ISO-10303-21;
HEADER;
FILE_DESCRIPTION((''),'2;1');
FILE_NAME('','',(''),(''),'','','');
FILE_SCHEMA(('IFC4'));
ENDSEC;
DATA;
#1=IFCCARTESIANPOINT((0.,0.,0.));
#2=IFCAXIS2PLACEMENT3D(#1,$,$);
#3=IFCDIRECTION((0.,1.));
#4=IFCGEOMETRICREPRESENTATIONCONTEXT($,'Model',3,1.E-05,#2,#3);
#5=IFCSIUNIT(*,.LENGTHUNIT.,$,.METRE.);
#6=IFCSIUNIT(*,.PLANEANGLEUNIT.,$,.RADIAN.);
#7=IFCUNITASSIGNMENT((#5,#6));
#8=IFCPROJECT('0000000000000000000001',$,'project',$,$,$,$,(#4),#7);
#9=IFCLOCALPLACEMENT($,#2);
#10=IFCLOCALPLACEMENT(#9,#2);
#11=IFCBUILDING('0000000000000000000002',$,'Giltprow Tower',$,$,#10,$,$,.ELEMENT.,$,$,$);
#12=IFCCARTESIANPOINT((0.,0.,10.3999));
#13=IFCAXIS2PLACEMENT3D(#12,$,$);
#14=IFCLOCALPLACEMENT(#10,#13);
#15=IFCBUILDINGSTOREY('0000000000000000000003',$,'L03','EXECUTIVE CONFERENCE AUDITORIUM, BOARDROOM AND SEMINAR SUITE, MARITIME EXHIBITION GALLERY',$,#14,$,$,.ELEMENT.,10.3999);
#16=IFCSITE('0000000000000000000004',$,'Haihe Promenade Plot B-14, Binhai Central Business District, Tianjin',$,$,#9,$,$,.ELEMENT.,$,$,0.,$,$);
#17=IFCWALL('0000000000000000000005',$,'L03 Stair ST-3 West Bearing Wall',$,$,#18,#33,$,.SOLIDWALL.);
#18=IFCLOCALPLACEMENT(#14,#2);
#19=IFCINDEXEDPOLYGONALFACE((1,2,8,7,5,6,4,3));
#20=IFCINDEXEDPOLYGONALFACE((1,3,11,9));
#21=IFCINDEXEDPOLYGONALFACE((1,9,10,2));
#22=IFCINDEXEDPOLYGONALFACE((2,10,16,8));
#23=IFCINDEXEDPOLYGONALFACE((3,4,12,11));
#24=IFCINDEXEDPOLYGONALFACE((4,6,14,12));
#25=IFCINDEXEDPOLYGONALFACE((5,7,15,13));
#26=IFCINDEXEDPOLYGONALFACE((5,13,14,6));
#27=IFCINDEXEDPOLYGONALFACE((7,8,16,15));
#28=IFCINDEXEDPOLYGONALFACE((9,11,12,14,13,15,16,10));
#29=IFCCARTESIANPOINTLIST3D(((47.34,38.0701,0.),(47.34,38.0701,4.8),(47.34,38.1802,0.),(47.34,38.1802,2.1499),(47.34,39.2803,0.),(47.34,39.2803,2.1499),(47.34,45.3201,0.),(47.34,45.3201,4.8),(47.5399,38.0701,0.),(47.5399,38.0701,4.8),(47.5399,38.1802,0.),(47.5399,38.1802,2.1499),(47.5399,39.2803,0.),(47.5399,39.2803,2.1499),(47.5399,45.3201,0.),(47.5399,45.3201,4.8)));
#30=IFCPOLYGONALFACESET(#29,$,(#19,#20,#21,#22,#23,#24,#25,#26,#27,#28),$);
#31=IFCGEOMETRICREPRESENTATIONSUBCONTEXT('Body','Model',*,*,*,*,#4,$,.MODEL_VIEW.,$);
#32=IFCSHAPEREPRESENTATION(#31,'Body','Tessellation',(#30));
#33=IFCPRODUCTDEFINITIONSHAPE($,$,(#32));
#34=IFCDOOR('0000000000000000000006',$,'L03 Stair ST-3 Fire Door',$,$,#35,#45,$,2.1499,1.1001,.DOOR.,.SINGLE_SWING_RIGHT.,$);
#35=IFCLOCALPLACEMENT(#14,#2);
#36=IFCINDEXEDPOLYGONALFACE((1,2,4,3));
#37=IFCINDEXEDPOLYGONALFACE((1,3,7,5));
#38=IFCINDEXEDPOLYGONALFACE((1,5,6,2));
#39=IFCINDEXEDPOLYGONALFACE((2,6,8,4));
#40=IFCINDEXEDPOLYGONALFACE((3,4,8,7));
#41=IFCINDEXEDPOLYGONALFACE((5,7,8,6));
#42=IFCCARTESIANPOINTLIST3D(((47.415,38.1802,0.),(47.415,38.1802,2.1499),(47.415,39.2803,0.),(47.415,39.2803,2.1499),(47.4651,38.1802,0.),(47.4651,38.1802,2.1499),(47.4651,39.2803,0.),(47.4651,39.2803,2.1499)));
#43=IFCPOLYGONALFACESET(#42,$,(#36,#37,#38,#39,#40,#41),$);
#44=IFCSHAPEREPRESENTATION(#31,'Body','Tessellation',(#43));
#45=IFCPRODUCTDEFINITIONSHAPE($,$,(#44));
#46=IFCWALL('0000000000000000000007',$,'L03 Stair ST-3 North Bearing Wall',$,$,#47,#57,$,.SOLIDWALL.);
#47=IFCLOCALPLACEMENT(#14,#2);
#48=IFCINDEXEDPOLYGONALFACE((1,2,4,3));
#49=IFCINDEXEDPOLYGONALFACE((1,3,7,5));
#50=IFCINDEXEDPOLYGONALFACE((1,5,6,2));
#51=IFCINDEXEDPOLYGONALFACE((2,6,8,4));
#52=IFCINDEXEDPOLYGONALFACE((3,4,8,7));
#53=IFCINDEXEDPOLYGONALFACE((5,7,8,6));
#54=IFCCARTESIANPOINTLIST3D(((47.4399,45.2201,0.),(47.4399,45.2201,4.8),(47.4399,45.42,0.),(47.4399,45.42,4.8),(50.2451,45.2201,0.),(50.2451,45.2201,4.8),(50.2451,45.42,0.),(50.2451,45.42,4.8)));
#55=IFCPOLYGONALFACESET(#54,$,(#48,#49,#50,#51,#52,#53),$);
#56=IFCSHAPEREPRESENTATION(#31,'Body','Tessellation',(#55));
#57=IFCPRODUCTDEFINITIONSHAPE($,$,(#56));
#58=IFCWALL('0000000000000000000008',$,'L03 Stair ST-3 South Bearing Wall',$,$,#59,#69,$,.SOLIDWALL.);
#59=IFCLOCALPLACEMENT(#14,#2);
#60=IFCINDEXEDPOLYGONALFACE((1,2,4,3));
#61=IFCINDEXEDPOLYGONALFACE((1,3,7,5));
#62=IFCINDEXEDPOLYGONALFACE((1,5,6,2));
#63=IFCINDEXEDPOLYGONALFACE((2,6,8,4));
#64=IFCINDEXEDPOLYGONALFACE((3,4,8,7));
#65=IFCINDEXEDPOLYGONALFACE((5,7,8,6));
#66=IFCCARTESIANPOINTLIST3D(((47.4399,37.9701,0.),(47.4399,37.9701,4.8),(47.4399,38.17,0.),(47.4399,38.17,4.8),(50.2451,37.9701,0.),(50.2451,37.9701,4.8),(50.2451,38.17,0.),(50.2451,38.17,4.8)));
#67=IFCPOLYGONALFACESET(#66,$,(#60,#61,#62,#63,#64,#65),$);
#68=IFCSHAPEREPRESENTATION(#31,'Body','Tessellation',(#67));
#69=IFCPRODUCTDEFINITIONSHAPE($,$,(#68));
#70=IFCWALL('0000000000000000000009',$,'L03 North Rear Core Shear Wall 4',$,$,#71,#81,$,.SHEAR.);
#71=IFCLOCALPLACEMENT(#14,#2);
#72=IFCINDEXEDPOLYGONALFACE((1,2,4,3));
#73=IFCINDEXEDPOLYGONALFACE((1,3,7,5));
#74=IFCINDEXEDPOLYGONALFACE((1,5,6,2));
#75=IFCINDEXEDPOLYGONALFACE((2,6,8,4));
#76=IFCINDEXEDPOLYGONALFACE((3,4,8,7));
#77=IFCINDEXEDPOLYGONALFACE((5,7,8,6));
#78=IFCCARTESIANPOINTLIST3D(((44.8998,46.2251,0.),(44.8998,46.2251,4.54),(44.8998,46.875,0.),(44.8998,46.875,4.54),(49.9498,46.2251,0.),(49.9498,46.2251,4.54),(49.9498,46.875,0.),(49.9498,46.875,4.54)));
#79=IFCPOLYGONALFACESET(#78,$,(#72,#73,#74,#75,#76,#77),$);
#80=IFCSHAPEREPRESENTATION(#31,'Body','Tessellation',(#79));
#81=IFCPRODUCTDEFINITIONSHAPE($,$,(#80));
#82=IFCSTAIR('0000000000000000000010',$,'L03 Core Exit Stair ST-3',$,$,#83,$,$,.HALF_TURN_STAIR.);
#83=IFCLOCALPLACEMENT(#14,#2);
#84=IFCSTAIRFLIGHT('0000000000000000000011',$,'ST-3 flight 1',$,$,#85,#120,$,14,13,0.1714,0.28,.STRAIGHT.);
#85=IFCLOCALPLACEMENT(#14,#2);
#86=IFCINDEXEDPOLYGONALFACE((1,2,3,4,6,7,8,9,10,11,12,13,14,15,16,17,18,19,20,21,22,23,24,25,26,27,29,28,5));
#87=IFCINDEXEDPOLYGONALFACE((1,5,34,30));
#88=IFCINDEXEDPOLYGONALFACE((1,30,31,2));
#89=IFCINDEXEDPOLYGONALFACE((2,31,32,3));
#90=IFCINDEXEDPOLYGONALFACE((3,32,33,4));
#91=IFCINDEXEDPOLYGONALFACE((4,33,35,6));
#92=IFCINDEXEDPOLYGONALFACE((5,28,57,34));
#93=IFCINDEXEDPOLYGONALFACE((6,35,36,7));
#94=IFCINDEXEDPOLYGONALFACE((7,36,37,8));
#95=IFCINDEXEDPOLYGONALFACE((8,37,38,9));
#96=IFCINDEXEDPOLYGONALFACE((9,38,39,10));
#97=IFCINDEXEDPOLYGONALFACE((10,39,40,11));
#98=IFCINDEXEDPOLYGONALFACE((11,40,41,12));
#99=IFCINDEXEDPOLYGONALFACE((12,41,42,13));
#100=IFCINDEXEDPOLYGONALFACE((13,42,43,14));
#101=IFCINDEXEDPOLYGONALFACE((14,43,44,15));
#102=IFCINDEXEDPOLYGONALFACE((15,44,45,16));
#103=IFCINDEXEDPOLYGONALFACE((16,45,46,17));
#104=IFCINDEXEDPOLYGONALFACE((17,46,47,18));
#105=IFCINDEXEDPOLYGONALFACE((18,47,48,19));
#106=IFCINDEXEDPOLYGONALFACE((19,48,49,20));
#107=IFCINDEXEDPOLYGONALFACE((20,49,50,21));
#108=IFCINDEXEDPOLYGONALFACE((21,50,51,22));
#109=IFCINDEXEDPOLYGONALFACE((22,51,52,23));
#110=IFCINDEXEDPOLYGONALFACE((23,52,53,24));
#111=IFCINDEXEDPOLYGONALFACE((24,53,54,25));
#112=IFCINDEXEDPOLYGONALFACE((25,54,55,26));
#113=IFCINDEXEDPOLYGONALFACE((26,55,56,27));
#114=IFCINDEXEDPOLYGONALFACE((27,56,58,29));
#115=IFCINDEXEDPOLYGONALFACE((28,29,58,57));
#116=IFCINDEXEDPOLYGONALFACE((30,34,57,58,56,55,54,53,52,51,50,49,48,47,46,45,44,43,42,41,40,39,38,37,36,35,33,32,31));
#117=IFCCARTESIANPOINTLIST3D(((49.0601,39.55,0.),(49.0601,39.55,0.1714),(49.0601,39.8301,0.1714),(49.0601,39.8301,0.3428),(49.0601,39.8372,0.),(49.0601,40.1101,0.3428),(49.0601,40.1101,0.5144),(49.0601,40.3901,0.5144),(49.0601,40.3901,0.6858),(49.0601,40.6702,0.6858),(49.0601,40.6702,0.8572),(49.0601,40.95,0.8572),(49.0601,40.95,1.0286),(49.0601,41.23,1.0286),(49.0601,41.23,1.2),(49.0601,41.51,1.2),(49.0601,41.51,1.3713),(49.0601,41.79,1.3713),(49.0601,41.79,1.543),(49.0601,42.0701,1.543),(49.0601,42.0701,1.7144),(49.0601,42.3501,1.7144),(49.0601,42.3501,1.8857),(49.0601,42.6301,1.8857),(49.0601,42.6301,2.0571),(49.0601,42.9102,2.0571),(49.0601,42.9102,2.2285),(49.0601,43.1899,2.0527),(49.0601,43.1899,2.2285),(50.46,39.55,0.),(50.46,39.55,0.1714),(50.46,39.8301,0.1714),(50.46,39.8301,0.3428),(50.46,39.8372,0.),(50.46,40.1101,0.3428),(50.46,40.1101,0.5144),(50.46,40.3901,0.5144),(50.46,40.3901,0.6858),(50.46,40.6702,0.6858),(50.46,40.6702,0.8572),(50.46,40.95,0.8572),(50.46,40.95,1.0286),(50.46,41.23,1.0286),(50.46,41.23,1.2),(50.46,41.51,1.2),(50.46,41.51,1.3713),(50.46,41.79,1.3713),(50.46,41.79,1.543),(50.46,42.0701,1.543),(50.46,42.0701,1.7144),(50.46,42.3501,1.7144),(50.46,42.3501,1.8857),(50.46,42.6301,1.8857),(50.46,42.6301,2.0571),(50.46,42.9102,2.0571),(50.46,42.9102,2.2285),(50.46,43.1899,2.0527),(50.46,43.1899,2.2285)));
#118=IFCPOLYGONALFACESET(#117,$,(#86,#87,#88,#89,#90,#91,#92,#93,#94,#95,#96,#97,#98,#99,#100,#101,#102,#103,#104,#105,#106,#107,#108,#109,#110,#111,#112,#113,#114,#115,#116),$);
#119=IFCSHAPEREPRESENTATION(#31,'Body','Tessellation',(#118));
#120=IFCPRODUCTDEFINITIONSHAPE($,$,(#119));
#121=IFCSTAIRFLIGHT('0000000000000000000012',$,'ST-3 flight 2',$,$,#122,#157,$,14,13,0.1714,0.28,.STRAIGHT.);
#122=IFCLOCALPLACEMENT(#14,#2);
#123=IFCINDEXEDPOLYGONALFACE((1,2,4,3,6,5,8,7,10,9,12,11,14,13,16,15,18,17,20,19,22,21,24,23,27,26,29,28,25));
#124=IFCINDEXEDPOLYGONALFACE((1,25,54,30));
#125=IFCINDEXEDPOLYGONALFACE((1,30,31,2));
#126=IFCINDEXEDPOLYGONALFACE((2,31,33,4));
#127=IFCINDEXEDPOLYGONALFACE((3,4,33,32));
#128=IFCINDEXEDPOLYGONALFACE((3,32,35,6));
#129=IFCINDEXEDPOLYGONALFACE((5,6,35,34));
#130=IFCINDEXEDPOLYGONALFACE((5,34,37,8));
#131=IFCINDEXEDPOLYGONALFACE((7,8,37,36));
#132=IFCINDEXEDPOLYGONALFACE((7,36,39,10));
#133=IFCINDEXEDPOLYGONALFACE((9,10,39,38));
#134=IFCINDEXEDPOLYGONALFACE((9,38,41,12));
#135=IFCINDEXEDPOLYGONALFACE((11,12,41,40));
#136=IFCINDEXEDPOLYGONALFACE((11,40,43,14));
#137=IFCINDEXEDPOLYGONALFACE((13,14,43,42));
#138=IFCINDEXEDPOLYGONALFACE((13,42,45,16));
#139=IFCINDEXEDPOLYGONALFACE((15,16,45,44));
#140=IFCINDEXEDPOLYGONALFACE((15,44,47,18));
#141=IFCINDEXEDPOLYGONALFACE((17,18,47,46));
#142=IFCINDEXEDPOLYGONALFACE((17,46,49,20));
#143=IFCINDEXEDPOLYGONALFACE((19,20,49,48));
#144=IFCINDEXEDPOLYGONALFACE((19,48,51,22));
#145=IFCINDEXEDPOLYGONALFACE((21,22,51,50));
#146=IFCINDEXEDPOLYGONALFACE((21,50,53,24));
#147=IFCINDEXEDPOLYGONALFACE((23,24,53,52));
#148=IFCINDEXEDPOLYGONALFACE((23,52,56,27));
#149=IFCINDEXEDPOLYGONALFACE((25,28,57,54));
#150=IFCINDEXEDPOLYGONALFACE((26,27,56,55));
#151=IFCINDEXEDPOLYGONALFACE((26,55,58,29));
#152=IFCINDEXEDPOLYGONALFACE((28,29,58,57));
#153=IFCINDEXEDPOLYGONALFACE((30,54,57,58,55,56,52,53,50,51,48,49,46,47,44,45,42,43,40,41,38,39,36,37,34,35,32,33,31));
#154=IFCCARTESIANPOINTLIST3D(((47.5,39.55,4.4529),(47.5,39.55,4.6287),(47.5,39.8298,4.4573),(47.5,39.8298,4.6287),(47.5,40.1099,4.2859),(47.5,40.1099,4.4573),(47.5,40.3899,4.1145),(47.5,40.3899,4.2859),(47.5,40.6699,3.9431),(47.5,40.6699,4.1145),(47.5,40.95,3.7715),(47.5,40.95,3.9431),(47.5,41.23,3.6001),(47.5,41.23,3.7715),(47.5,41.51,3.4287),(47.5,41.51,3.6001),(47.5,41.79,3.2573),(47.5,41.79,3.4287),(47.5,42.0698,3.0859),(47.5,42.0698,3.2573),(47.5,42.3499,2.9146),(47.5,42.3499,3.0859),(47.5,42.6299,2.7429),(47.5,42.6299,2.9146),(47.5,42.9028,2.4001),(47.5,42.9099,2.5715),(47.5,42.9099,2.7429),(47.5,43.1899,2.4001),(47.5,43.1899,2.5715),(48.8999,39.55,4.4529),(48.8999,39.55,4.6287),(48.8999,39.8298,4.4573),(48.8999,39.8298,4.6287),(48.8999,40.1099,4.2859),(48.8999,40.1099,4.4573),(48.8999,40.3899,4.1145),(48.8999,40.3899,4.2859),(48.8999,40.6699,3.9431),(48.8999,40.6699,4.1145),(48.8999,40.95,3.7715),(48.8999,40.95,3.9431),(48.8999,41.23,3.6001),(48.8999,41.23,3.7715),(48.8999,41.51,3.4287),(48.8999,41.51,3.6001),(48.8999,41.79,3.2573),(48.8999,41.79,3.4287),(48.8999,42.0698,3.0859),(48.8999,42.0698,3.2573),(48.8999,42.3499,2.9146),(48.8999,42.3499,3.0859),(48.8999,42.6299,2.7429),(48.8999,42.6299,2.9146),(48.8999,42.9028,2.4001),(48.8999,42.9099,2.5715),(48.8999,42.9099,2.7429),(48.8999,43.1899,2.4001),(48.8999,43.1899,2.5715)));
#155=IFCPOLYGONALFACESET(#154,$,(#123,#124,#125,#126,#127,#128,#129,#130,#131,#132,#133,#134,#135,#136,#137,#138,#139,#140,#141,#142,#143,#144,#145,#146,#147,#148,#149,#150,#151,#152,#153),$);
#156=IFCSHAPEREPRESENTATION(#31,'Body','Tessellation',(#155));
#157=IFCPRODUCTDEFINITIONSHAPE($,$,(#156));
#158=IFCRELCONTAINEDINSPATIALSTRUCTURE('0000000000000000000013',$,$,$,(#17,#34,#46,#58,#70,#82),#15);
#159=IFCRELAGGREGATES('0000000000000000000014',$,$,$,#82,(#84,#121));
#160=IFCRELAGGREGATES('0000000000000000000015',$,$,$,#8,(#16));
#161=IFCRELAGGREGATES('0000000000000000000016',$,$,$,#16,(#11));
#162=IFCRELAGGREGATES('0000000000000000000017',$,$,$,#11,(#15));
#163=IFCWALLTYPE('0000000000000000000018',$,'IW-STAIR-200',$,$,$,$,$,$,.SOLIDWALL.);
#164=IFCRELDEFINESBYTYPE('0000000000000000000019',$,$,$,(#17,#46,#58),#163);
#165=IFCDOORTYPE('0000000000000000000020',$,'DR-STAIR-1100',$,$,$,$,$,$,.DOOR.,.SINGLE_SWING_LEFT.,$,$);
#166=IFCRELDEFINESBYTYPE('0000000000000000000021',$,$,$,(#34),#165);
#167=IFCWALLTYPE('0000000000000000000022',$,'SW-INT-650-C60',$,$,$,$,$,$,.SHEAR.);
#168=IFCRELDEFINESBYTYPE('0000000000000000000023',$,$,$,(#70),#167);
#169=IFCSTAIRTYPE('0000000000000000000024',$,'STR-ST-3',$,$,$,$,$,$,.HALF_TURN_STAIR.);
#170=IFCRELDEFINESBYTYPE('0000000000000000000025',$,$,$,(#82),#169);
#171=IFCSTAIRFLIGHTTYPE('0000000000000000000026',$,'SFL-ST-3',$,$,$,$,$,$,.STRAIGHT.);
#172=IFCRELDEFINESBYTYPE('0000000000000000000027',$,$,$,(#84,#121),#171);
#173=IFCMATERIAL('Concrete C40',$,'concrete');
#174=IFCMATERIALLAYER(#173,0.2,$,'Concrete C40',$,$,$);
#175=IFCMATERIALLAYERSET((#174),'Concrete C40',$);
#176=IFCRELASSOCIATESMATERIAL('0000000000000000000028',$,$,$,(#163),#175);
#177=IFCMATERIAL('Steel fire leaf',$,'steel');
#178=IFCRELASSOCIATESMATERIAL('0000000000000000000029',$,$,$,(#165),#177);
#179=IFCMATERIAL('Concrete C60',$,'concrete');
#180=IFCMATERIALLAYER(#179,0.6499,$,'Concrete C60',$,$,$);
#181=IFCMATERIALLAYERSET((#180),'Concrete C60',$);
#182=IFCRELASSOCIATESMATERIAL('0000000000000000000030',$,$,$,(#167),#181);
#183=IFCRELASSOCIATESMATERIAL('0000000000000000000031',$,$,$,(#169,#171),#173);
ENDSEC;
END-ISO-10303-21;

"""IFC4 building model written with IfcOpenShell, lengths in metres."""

from ifc_helpers import new_model, si_unit, direction, frame, frame_2d, origin, place, context, subcontext, project, spatial, polyline, rectangle, outline, extrude, source, transform, mapped, material, layer, layer_set, type_object, element, fill, aggregate, save


model = new_model("IFC4")

# Units and contexts
model_context = context("Model", 3, precision=1e-05, world=origin(), true_north=direction((0.0, 1.0)))
body_context = subcontext(model_context, "Body", "Model", "MODEL_VIEW")
ifc_project = project(units=[si_unit("LENGTHUNIT", "METRE"), si_unit("PLANEANGLEUNIT", "RADIAN")], contexts=[model_context])

# Site, building, storey
site_placement = place(None, origin())
site = spatial("IfcSite", under=ifc_project, at=site_placement, Name="Haihe Promenade Plot B-14, Binhai Central Business District, Tianjin", CompositionType="ELEMENT", RefElevation=0.0)
building_placement = place(site_placement, origin())
building = spatial("IfcBuilding", under=site, at=building_placement, Name="Giltprow Tower", CompositionType="ELEMENT")
storey_placement = place(building_placement, frame((0.0, 0.0, 10.3999)))
storey = spatial("IfcBuildingStorey", under=building, at=storey_placement, Name="L03", Description="EXECUTIVE CONFERENCE AUDITORIUM, BOARDROOM AND SEMINAR SUITE, MARITIME EXHIBITION GALLERY", CompositionType="ELEMENT", Elevation=10.3999)

# Shared definitions
ifc_material_1 = material(Name="Concrete C40", Category="concrete")

# Wall, opening, door
ifc_layer_1 = layer(ifc_material_1, 0.2, Name="Concrete C40")
ifc_layer_set_1 = layer_set([ifc_layer_1], Name="Concrete C40")
wall_type_1 = type_object("IfcWallType", Name="IW-STAIR-200", PredefinedType="SOLIDWALL", material=ifc_layer_set_1)
wall_1_placement = place(storey_placement, frame((47.4399, 38.0701, 0.0), z_axis=(0.0, 0.0, 1.0), x_axis=(0.0, 1.0, 0.0)))
wall_1 = element("IfcWall", 1, at=wall_1_placement, inside=storey, type_object=wall_type_1, Name="L03 Stair ST-3 West Bearing Wall", PredefinedType="SOLIDWALL", context=body_context, shape_type="SweptSolid", body=[
    extrude(rectangle(XDim=7.25, YDim=0.2, at=frame_2d((3.625, 0.0))), origin(), (0.0, 0.0, 1.0), 4.8),
])
opening_1_placement = place(wall_1_placement, frame((0.1101, 0.0, 0.0)))
opening_1 = element("IfcOpeningElement", 2, at=opening_1_placement, cuts=wall_1, PredefinedType="OPENING", context=body_context, shape_type="SweptSolid", body=[
    extrude(rectangle(XDim=1.1001, YDim=2.1499, at=frame_2d((0.55, 1.075))), frame((0.0, 0.1099, 0.0), z_axis=(0.0, -1.0, 0.0), x_axis=(1.0, 0.0, 0.0)), (0.0, 0.0, 1.0), 0.22),
])
ifc_material_2 = material(Name="Steel fire leaf", Category="steel")
door_type_1 = type_object("IfcDoorType", Name="DR-STAIR-1100", OperationType="SINGLE_SWING_LEFT", PredefinedType="DOOR", material=ifc_material_2)
shared_shape_1 = source(origin(), body_context, "Body", "SweptSolid", [
    extrude(rectangle(XDim=1.1001, YDim=2.1499, at=frame_2d((0.55, 1.075))), frame((0.0, 0.0249, 0.0), z_axis=(0.0, -1.0, 0.0), x_axis=(1.0, 0.0, 0.0)), (0.0, 0.0, 1.0), 0.05),
])
door_1_placement = place(opening_1_placement, origin())
door_1 = element("IfcDoor", 3, at=door_1_placement, inside=storey, type_object=door_type_1, Name="L03 Stair ST-3 Fire Door", OperationType="SINGLE_SWING_RIGHT", OverallHeight=2.1499, OverallWidth=1.1001, PredefinedType="DOOR", context=body_context, shape_type="MappedRepresentation", body=[
    mapped(shared_shape_1, transform((0.0, 0.0, 0.0), x_axis=(1.0, 0.0, 0.0), y_axis=(0.0, 1.0, 0.0), z_axis=(0.0, 0.0, 1.0), scale=1.0)),
])
fill(opening_1, door_1)

# Walls
for number, where, z_axis, x_axis, name in (
    (4, (47.4399, 45.3201, 0.0), (0.0, 0.0, 1.0), (1.0, 0.0, 0.0), "L03 Stair ST-3 North Bearing Wall"),
    (5, (47.4399, 38.0701, 0.0), (0.0, 0.0, 1.0), (1.0, 0.0, 0.0), "L03 Stair ST-3 South Bearing Wall"),
):
    element("IfcWall", number, at=place(storey_placement, frame(where, z_axis=z_axis, x_axis=x_axis)), inside=storey, type_object=wall_type_1, Name=name, PredefinedType="SOLIDWALL", context=body_context, shape_type="SweptSolid", body=[
        extrude(rectangle(XDim=2.8052, YDim=0.2, at=frame_2d((1.4026, 0.0))), origin(), (0.0, 0.0, 1.0), 4.8),
    ])
ifc_material_3 = material(Name="Concrete C60", Category="concrete")
ifc_layer_2 = layer(ifc_material_3, 0.6499, Name="Concrete C60")
ifc_layer_set_2 = layer_set([ifc_layer_2], Name="Concrete C60")
wall_type_2 = type_object("IfcWallType", Name="SW-INT-650-C60", PredefinedType="SHEAR", material=ifc_layer_set_2)
wall_2_placement = place(storey_placement, frame((44.8999, 46.55, 0.0), z_axis=(0.0, 0.0, 1.0), x_axis=(1.0, 0.0, 0.0)))
element("IfcWall", 6, at=wall_2_placement, inside=storey, type_object=wall_type_2, Name="L03 North Rear Core Shear Wall 4", PredefinedType="SHEAR", context=body_context, shape_type="SweptSolid", body=[
    extrude(rectangle(XDim=5.05, YDim=0.6499, at=frame_2d((2.5249, 0.0))), origin(), (0.0, 0.0, 1.0), 4.54),
])

# Stair, stair flights
stair_type = type_object("IfcStairType", Name="STR-ST-3", PredefinedType="HALF_TURN_STAIR", material=ifc_material_1)
stair_placement = place(storey_placement, origin())
stair = element("IfcStair", 7, at=stair_placement, inside=storey, type_object=stair_type, Name="L03 Core Exit Stair ST-3", PredefinedType="HALF_TURN_STAIR")
stair_flight_type = type_object("IfcStairFlightType", Name="SFL-ST-3", PredefinedType="STRAIGHT", material=ifc_material_1)
stair_flight_1_placement = place(storey_placement, frame((49.76, 39.55, 0.0), z_axis=(0.0, 0.0, 1.0), x_axis=(0.0, 1.0, 0.0)))
stair_flight_1 = element("IfcStairFlight", 8, at=stair_flight_1_placement, type_object=stair_flight_type, Name="ST-3 flight 1", NumberOfRisers=14, NumberOfTreads=13, PredefinedType="STRAIGHT", RiserHeight=0.1714, TreadLength=0.28, context=body_context, shape_type="SweptSolid", body=[
    extrude(outline(polyline([(0.0, 0.0), (0.0, 0.1714), (0.28, 0.1714), (0.28, 0.3428), (0.5601, 0.3428), (0.5601, 0.5144), (0.8401, 0.5144), (0.8401, 0.6858), (1.1201, 0.6858), (1.1201, 0.8572), (1.3999, 0.8572), (1.3999, 1.0286), (1.6799, 1.0286), (1.6799, 1.2), (1.96, 1.2), (1.96, 1.3713), (2.24, 1.3713), (2.24, 1.543), (2.52, 1.543), (2.52, 1.7144), (2.8, 1.7144), (2.8, 1.8857), (3.0801, 1.8857), (3.0801, 2.0571), (3.3601, 2.0571), (3.3601, 2.2285), (3.6399, 2.2285), (3.6399, 2.3999), (3.6399, 2.0527), (0.2871, 0.0), (0.0, 0.0)])), frame((0.0, 0.7, 0.0), z_axis=(0.0, -1.0, 0.0), x_axis=(1.0, 0.0, 0.0)), (0.0, 0.0, 1.0), 1.3999),
])
stair_flight_2_placement = place(storey_placement, frame((48.2, 43.1899, 2.4001), z_axis=(0.0, 0.0, 1.0), x_axis=(0.0, -1.0, 0.0)))
stair_flight_2 = element("IfcStairFlight", 9, at=stair_flight_2_placement, type_object=stair_flight_type, Name="ST-3 flight 2", NumberOfRisers=14, NumberOfTreads=13, PredefinedType="STRAIGHT", RiserHeight=0.1714, TreadLength=0.28, context=body_context, shape_type="SweptSolid", body=[
    extrude(outline(polyline([(0.0, 0.0), (0.0, 0.1714), (0.28, 0.1714), (0.28, 0.3428), (0.5601, 0.3428), (0.5601, 0.5144), (0.8401, 0.5144), (0.8401, 0.6858), (1.1201, 0.6858), (1.1201, 0.8572), (1.3999, 0.8572), (1.3999, 1.0286), (1.6799, 1.0286), (1.6799, 1.2), (1.96, 1.2), (1.96, 1.3713), (2.24, 1.3713), (2.24, 1.543), (2.52, 1.543), (2.52, 1.7144), (2.8, 1.7144), (2.8, 1.8857), (3.0801, 1.8857), (3.0801, 2.0571), (3.3601, 2.0571), (3.3601, 2.2285), (3.6399, 2.2285), (3.6399, 2.3999), (3.6399, 2.0527), (0.2871, 0.0), (0.0, 0.0)])), frame((0.0, 0.7, 0.0), z_axis=(0.0, -1.0, 0.0), x_axis=(1.0, 0.0, 0.0)), (0.0, 0.0, 1.0), 1.3999),
])
aggregate(stair, [stair_flight_1, stair_flight_2])

save(model, "model.ifc")
